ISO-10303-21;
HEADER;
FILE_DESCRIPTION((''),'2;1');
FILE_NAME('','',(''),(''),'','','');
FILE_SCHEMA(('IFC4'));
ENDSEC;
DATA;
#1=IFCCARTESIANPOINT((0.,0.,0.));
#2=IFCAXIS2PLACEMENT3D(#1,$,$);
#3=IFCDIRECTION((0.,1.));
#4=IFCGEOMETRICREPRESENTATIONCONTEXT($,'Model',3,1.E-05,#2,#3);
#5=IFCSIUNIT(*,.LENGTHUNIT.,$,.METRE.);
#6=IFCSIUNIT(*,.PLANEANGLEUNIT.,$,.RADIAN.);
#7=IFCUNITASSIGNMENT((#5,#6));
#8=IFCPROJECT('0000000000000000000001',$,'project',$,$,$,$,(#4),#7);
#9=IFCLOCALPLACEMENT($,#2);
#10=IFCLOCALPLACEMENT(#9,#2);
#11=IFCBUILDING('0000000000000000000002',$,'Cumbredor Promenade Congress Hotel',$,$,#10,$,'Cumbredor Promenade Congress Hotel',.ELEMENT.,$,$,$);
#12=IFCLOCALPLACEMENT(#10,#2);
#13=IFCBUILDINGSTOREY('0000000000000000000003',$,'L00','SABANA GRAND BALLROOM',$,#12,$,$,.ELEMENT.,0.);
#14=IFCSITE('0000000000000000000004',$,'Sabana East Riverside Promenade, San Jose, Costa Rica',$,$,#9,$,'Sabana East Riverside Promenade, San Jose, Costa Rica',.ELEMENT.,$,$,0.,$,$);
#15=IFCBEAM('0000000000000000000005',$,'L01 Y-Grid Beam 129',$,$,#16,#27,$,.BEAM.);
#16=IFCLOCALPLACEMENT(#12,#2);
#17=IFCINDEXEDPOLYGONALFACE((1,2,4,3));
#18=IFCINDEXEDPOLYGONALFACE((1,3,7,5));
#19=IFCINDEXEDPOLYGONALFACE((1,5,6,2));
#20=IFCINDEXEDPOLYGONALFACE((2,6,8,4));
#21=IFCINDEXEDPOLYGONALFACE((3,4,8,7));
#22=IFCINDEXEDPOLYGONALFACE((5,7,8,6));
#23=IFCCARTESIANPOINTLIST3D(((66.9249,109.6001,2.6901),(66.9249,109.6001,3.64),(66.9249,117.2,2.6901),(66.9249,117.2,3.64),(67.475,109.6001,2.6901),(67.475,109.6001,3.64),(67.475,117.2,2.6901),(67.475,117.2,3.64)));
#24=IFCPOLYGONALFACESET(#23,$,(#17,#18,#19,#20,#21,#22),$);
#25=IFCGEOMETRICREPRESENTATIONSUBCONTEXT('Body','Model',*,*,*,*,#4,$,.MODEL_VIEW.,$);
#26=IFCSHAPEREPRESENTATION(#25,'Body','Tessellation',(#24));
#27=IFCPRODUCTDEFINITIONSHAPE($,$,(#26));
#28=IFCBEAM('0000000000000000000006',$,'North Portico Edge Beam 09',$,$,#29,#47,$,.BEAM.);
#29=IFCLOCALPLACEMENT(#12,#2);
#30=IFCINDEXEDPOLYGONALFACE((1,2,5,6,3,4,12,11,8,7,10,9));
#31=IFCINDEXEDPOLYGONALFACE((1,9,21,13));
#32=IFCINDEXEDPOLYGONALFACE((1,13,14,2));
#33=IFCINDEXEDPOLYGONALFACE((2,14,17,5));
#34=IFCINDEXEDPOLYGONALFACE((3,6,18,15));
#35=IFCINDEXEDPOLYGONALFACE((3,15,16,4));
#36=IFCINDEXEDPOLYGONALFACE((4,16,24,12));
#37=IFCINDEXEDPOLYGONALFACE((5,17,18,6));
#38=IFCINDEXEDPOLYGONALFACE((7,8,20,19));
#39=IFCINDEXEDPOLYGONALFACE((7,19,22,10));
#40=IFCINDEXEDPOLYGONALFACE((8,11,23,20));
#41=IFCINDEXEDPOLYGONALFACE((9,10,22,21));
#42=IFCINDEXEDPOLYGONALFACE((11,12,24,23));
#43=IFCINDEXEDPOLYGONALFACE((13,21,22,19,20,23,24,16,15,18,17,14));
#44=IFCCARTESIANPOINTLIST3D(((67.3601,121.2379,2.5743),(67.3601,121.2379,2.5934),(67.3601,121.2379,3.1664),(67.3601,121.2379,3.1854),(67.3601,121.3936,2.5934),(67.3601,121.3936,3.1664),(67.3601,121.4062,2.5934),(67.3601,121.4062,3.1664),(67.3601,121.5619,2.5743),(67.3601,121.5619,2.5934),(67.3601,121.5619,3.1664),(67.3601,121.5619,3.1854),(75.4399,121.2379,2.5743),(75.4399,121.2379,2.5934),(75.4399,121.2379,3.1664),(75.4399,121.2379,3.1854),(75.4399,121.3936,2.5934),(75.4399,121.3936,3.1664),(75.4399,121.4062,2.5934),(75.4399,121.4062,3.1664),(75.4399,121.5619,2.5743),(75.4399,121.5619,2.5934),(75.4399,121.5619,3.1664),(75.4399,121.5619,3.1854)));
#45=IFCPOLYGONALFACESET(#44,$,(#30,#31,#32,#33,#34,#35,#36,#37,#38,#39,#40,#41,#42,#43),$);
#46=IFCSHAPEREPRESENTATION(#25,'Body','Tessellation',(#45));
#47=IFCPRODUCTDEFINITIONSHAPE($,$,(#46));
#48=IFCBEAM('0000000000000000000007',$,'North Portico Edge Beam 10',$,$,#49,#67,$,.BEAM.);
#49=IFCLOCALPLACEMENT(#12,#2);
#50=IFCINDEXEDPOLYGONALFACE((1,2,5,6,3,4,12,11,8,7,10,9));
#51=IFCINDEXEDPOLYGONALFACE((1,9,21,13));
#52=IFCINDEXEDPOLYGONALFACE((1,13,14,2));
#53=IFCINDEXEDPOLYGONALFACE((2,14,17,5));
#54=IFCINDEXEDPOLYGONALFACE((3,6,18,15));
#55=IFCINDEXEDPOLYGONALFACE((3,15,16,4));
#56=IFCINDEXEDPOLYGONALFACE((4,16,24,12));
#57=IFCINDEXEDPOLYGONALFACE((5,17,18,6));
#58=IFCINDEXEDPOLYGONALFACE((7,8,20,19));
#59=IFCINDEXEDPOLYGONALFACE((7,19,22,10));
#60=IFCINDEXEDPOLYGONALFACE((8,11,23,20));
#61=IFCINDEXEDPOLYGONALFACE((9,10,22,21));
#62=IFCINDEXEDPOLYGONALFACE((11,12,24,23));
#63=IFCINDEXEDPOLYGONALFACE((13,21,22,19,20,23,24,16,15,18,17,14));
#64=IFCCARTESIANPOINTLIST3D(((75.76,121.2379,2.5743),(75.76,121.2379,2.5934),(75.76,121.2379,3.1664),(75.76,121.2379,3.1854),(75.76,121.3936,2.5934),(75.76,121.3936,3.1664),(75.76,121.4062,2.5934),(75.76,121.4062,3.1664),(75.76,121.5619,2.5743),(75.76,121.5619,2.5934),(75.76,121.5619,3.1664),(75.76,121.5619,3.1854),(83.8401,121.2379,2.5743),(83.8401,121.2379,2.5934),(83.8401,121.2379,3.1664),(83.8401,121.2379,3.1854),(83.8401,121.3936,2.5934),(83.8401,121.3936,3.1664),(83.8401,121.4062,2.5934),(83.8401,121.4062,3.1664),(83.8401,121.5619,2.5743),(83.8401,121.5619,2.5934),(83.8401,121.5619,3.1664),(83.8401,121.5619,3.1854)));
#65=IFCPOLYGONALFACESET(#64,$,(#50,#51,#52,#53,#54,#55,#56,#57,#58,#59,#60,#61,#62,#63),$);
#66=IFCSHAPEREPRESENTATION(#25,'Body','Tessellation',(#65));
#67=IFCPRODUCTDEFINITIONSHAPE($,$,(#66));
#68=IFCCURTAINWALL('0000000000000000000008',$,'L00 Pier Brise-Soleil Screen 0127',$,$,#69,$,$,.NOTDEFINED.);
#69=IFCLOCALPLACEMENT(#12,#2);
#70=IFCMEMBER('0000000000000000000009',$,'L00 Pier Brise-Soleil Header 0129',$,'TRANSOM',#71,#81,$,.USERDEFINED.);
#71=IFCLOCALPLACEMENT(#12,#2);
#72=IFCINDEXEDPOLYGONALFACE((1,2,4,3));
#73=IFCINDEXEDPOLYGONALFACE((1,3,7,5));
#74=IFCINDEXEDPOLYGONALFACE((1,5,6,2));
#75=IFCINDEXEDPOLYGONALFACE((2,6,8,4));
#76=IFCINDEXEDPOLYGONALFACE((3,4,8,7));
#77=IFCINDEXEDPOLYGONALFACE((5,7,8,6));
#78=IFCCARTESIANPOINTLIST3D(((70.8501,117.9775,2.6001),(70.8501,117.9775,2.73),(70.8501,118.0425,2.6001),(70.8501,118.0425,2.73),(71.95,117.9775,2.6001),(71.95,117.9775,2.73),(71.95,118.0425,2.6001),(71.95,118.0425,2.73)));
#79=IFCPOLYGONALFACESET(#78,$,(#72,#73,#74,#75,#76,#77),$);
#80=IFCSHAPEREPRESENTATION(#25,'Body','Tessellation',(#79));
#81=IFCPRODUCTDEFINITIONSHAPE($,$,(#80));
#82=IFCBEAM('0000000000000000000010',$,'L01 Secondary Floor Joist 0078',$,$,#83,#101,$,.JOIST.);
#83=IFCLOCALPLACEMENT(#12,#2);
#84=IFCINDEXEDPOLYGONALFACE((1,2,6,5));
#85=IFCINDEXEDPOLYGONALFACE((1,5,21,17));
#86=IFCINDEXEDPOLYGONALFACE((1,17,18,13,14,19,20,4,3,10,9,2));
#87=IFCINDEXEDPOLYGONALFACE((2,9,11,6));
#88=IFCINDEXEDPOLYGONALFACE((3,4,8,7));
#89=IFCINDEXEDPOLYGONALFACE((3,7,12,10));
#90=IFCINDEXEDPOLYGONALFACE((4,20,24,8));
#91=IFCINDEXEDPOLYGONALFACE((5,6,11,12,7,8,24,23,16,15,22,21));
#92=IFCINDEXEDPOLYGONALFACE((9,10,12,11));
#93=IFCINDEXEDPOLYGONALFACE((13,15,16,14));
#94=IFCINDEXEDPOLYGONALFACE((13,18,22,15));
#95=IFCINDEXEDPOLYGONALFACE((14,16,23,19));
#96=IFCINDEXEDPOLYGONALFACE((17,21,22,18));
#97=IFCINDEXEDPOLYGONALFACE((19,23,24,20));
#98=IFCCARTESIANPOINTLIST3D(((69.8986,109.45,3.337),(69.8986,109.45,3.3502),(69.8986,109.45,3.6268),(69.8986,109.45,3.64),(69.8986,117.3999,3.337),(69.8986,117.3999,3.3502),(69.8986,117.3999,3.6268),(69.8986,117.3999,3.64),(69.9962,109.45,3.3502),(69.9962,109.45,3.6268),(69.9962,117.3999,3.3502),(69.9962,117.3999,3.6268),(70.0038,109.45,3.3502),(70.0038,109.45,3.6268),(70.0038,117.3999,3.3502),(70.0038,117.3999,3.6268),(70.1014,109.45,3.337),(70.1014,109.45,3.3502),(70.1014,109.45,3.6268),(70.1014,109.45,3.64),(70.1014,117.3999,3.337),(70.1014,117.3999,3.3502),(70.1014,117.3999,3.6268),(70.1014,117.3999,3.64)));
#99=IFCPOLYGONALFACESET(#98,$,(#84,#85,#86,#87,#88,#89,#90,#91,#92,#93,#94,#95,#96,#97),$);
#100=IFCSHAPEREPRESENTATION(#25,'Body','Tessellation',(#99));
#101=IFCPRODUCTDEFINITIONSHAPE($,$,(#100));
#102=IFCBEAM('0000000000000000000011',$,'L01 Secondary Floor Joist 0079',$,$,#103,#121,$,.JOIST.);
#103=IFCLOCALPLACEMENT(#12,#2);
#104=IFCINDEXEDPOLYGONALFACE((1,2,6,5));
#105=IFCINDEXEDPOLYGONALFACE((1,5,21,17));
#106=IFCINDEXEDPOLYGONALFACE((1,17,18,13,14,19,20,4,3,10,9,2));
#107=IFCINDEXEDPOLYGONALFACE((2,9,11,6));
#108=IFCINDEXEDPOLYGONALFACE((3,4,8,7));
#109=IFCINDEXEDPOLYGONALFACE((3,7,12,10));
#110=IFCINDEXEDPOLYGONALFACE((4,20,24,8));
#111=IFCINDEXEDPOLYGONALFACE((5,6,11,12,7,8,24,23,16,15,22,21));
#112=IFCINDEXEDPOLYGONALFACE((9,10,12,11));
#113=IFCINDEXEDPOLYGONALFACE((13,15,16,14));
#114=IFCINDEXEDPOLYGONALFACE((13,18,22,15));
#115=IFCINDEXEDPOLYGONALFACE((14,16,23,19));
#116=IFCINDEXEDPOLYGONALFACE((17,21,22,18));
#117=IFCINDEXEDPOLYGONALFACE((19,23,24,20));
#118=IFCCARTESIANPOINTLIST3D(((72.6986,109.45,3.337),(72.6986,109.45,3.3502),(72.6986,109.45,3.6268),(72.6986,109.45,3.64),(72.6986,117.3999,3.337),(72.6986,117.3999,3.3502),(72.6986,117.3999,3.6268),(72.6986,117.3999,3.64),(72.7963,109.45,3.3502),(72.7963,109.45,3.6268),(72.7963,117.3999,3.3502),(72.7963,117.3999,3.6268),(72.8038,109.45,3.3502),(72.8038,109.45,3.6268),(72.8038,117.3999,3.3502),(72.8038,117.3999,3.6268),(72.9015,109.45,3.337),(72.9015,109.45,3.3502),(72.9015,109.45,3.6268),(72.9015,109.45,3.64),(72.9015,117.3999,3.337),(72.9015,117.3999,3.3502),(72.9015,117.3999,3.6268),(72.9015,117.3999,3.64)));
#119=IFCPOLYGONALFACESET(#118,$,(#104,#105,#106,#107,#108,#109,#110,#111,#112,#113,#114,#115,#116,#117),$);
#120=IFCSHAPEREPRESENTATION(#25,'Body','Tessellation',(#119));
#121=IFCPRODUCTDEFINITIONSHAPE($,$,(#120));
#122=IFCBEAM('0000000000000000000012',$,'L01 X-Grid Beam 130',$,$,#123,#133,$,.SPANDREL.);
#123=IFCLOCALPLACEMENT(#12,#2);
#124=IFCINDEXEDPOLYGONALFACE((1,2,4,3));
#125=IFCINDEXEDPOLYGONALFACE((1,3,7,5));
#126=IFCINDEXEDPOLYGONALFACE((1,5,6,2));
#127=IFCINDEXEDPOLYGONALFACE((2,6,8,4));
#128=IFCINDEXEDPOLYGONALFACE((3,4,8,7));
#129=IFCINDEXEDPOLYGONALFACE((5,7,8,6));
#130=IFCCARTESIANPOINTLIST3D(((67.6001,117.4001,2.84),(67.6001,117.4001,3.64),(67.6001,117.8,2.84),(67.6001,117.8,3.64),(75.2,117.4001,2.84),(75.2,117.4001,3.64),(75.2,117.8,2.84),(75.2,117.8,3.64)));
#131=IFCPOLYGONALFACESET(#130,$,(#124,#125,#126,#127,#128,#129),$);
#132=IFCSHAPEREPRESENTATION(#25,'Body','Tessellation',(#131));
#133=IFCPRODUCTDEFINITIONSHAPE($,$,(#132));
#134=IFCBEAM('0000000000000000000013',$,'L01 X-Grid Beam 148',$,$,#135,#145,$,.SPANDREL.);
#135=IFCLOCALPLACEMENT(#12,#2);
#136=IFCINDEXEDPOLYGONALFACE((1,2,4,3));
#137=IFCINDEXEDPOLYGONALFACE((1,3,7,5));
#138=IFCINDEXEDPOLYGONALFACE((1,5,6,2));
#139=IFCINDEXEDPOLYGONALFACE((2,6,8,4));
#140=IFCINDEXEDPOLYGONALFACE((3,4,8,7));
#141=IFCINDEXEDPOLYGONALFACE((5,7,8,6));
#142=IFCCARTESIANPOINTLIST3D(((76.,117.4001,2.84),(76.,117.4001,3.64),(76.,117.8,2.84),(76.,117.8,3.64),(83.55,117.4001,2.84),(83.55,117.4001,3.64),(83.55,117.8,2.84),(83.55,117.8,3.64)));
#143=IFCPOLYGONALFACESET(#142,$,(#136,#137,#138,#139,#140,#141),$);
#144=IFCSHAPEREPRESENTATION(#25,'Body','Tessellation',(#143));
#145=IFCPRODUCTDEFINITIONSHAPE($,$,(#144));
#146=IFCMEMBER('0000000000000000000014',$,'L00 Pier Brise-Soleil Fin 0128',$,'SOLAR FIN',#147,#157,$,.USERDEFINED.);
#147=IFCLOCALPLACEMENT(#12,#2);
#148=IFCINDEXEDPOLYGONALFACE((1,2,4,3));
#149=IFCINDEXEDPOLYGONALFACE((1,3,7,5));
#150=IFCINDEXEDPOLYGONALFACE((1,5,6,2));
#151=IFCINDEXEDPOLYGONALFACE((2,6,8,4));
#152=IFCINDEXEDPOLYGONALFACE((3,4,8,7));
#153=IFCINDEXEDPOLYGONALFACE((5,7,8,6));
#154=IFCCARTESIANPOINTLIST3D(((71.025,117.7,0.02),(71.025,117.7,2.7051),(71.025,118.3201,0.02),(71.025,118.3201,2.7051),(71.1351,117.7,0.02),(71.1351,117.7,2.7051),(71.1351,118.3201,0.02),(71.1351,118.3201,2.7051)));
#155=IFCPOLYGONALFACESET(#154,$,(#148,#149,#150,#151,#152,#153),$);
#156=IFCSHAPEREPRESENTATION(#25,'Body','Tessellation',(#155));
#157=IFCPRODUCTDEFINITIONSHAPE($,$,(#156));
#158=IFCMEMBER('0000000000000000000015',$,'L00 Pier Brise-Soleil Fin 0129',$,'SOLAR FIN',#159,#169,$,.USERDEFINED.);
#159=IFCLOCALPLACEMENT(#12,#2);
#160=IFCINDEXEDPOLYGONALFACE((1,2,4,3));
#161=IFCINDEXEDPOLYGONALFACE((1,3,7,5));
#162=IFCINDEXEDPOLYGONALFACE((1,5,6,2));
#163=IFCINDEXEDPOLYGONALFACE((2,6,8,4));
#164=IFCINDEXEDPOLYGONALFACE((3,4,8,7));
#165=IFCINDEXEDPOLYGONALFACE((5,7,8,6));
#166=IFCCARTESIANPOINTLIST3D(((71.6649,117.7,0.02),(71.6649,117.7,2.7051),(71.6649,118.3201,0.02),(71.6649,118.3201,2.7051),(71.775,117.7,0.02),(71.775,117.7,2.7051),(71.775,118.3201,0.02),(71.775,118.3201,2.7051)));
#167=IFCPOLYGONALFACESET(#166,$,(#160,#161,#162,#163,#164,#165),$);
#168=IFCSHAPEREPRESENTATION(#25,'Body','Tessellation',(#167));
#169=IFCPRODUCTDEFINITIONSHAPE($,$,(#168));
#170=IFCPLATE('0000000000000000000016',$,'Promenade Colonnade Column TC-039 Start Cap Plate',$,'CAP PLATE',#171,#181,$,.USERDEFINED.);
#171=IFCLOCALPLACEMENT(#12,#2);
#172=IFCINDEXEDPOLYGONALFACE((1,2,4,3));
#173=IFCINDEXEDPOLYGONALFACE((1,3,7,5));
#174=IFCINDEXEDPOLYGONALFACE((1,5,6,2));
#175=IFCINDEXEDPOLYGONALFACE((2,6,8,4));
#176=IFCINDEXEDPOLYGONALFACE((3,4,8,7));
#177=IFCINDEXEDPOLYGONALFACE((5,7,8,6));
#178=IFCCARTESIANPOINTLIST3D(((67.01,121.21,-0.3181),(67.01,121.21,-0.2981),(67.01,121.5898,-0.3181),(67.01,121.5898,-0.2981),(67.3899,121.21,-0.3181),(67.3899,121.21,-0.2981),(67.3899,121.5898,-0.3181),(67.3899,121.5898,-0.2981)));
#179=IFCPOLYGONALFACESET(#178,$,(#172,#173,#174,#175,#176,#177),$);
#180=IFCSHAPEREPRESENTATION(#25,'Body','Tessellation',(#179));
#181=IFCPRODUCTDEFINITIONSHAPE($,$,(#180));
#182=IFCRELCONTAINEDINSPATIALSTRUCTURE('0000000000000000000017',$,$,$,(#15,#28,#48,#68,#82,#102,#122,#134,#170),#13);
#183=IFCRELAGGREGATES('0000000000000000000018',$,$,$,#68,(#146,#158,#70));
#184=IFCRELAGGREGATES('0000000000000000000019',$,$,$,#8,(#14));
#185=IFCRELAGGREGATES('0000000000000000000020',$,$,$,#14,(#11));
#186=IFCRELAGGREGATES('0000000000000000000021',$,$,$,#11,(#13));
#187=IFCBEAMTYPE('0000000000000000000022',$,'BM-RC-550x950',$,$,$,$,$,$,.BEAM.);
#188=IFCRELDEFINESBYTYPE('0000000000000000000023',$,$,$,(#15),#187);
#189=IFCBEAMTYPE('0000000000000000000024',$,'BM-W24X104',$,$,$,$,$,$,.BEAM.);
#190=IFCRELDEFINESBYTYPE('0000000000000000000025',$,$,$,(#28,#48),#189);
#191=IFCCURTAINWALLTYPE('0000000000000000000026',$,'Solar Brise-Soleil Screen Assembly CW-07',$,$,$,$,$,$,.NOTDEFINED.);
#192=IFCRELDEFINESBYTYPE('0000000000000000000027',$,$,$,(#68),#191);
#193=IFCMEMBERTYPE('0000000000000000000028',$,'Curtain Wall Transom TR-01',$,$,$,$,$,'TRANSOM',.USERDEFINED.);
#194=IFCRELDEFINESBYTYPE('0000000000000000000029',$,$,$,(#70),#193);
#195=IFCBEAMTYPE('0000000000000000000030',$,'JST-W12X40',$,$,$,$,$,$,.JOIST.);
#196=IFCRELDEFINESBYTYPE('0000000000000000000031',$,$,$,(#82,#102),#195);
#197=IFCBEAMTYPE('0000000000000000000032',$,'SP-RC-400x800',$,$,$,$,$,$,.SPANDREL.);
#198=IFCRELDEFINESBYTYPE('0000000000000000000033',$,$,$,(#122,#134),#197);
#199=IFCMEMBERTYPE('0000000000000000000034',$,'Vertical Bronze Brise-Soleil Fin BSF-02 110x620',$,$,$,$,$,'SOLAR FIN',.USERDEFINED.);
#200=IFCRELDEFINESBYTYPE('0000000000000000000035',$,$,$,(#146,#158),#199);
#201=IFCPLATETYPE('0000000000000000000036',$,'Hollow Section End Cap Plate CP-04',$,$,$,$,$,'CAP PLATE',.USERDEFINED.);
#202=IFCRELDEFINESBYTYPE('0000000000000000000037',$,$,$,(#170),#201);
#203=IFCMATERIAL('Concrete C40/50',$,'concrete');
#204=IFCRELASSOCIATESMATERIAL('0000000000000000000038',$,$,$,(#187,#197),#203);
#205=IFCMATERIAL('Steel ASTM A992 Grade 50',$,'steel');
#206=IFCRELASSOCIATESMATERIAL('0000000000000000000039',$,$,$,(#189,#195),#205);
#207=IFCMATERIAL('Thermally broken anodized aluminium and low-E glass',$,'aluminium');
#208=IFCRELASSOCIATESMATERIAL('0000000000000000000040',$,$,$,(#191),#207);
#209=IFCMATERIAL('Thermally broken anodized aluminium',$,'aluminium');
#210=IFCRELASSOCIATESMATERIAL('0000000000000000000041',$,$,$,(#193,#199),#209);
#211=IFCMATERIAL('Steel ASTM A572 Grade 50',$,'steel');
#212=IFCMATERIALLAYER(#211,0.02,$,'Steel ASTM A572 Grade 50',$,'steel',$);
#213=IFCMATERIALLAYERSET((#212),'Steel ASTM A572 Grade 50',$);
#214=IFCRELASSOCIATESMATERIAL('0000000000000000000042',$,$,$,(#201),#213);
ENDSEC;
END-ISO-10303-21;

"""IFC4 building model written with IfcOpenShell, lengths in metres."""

from ifc_helpers import new_model, si_unit, direction, frame, origin, origin_2d, place, context, subcontext, project, spatial, rectangle, i_section, extrude, material, layer, layer_set, material_profile, profile_set, type_object, element, aggregate, save


model = new_model("IFC4")

# Units and contexts
model_context = context("Model", 3, precision=1e-05, world=origin(), true_north=direction((0.0, 1.0)))
body_context = subcontext(model_context, "Body", "Model", "MODEL_VIEW")
ifc_project = project(units=[si_unit("LENGTHUNIT", "METRE"), si_unit("PLANEANGLEUNIT", "RADIAN")], contexts=[model_context])

# Site, building, storey
site_placement = place(None, origin())
site = spatial("IfcSite", under=ifc_project, at=site_placement, Name="Sabana East Riverside Promenade, San Jose, Costa Rica", LongName="Sabana East Riverside Promenade, San Jose, Costa Rica", CompositionType="ELEMENT", RefElevation=0.0)
building_placement = place(site_placement, origin())
building = spatial("IfcBuilding", under=site, at=building_placement, Name="Cumbredor Promenade Congress Hotel", LongName="Cumbredor Promenade Congress Hotel", CompositionType="ELEMENT")
storey_placement = place(building_placement, origin())
storey = spatial("IfcBuildingStorey", under=building, at=storey_placement, Name="L00", Description="SABANA GRAND BALLROOM", CompositionType="ELEMENT", Elevation=0.0)

# Beams
ifc_material_1 = material(Name="Concrete C40/50", Category="concrete")
ifc_material_profile_1 = material_profile(ifc_material_1, rectangle(XDim=0.55, YDim=0.95, at=origin_2d()), Name="RC BEAM 550x950")
ifc_profile_set_1 = profile_set([ifc_material_profile_1], Name="Concrete C40/50")
beam_type_1 = type_object("IfcBeamType", Name="BM-RC-550x950", PredefinedType="BEAM", material=ifc_profile_set_1)
beam_1_placement = place(storey_placement, frame((67.2, 109.6001, 3.165), z_axis=(0.0, 1.0, 0.0), x_axis=(-1.0, 0.0, 0.0)))
element("IfcBeam", 1, at=beam_1_placement, inside=storey, type_object=beam_type_1, Name="L01 Y-Grid Beam 129", PredefinedType="BEAM", context=body_context, shape_type="SweptSolid", body=[
    extrude(rectangle(XDim=0.55, YDim=0.95, at=origin_2d()), origin(), (0.0, 0.0, 1.0), 7.5999),
])
ifc_material_2 = material(Name="Steel ASTM A992 Grade 50", Category="steel")
ifc_material_profile_2 = material_profile(ifc_material_2, i_section(OverallWidth=0.324, OverallDepth=0.6111, WebThickness=0.0127, FlangeThickness=0.019, at=origin_2d()), Name="W24X104")
ifc_profile_set_2 = profile_set([ifc_material_profile_2], Name="Steel ASTM A992 Grade 50")
beam_type_2 = type_object("IfcBeamType", Name="BM-W24X104", PredefinedType="BEAM", material=ifc_profile_set_2)
beam_2_placement = place(storey_placement, frame((67.3601, 121.3999, 2.8799), z_axis=(1.0, 0.0, 0.0), x_axis=(0.0, 1.0, 0.0)))
element("IfcBeam", 2, at=beam_2_placement, inside=storey, type_object=beam_type_2, Name="North Portico Edge Beam 09", PredefinedType="BEAM", context=body_context, shape_type="SweptSolid", body=[
    extrude(i_section(OverallWidth=0.324, OverallDepth=0.6111, WebThickness=0.0127, FlangeThickness=0.019, at=origin_2d()), origin(), (0.0, 0.0, 1.0), 8.0798),
])
beam_3_placement = place(storey_placement, frame((75.76, 121.3999, 2.8799), z_axis=(1.0, 0.0, 0.0), x_axis=(0.0, 1.0, 0.0)))
element("IfcBeam", 3, at=beam_3_placement, inside=storey, type_object=beam_type_2, Name="North Portico Edge Beam 10", PredefinedType="BEAM", context=body_context, shape_type="SweptSolid", body=[
    extrude(i_section(OverallWidth=0.324, OverallDepth=0.6111, WebThickness=0.0127, FlangeThickness=0.019, at=origin_2d()), origin(), (0.0, 0.0, 1.0), 8.0801),
])

# Curtain wall, member
ifc_material_3 = material(Name="Thermally broken anodized aluminium and low-E glass", Category="aluminium")
curtain_wall_type = type_object("IfcCurtainWallType", Name="Solar Brise-Soleil Screen Assembly CW-07", PredefinedType="NOTDEFINED", material=ifc_material_3)
curtain_wall_placement = place(storey_placement, origin())
curtain_wall = element("IfcCurtainWall", 4, at=curtain_wall_placement, inside=storey, type_object=curtain_wall_type, Name="L00 Pier Brise-Soleil Screen 0127", PredefinedType="NOTDEFINED")
ifc_material_4 = material(Name="Thermally broken anodized aluminium", Category="aluminium")
ifc_material_profile_3 = material_profile(ifc_material_4, rectangle(XDim=0.0649, YDim=0.1299, at=origin_2d()), Name="ALU TRANSOM 65x130")
ifc_profile_set_3 = profile_set([ifc_material_profile_3], Name="Thermally broken anodized aluminium")
member_type_1 = type_object("IfcMemberType", Name="Curtain Wall Transom TR-01", ElementType="TRANSOM", PredefinedType="USERDEFINED", material=ifc_profile_set_3)
member_1_placement = place(storey_placement, frame((70.8501, 118.01, 2.665), z_axis=(1.0, 0.0, 0.0), x_axis=(0.0, 1.0, 0.0)))
member_1 = element("IfcMember", 5, at=member_1_placement, type_object=member_type_1, Name="L00 Pier Brise-Soleil Header 0129", ObjectType="TRANSOM", PredefinedType="USERDEFINED", context=body_context, shape_type="SweptSolid", body=[
    extrude(rectangle(XDim=0.0649, YDim=0.1299, at=origin_2d()), origin(), (0.0, 0.0, 1.0), 1.0999),
])

# Beams
ifc_material_profile_4 = material_profile(ifc_material_2, i_section(OverallWidth=0.2029, OverallDepth=0.303, WebThickness=0.0076, FlangeThickness=0.0132, at=origin_2d()), Name="W12X40")
ifc_profile_set_4 = profile_set([ifc_material_profile_4], Name="Steel ASTM A992 Grade 50")
beam_type_3 = type_object("IfcBeamType", Name="JST-W12X40", PredefinedType="JOIST", material=ifc_profile_set_4)
for number, where, z_axis, x_axis, name in (
    (6, (70.0, 109.45, 3.4885), (0.0, 1.0, 0.0), (-1.0, 0.0, 0.0), "L01 Secondary Floor Joist 0078"),
    (7, (72.8, 109.45, 3.4885), (0.0, 1.0, 0.0), (-1.0, 0.0, 0.0), "L01 Secondary Floor Joist 0079"),
):
    element("IfcBeam", number, at=place(storey_placement, frame(where, z_axis=z_axis, x_axis=x_axis)), inside=storey, type_object=beam_type_3, Name=name, PredefinedType="JOIST", context=body_context, shape_type="SweptSolid", body=[
        extrude(i_section(OverallWidth=0.2029, OverallDepth=0.303, WebThickness=0.0076, FlangeThickness=0.0132, at=origin_2d()), origin(), (0.0, 0.0, 1.0), 7.95),
    ])
ifc_material_profile_5 = material_profile(ifc_material_1, rectangle(XDim=0.3999, YDim=0.8, at=origin_2d()), Name="RC SPANDREL 400x800")
ifc_profile_set_5 = profile_set([ifc_material_profile_5], Name="Concrete C40/50")
beam_type_4 = type_object("IfcBeamType", Name="SP-RC-400x800", PredefinedType="SPANDREL", material=ifc_profile_set_5)
beam_4_placement = place(storey_placement, frame((67.6001, 117.6001, 3.24), z_axis=(1.0, 0.0, 0.0), x_axis=(0.0, 1.0, 0.0)))
element("IfcBeam", 8, at=beam_4_placement, inside=storey, type_object=beam_type_4, Name="L01 X-Grid Beam 130", PredefinedType="SPANDREL", context=body_context, shape_type="SweptSolid", body=[
    extrude(rectangle(XDim=0.3999, YDim=0.8, at=origin_2d()), origin(), (0.0, 0.0, 1.0), 7.5999),
])
beam_5_placement = place(storey_placement, frame((76.0, 117.6001, 3.24), z_axis=(1.0, 0.0, 0.0), x_axis=(0.0, 1.0, 0.0)))
element("IfcBeam", 9, at=beam_5_placement, inside=storey, type_object=beam_type_4, Name="L01 X-Grid Beam 148", PredefinedType="SPANDREL", context=body_context, shape_type="SweptSolid", body=[
    extrude(rectangle(XDim=0.3999, YDim=0.8, at=origin_2d()), origin(), (0.0, 0.0, 1.0), 7.55),
])

# Members
ifc_material_profile_6 = material_profile(ifc_material_4, rectangle(XDim=0.1101, YDim=0.6201, at=origin_2d()), Name="ARCH FIN 110x620")
ifc_profile_set_6 = profile_set([ifc_material_profile_6], Name="Thermally broken anodized aluminium")
member_type_2 = type_object("IfcMemberType", Name="Vertical Bronze Brise-Soleil Fin BSF-02 110x620", ElementType="SOLAR FIN", PredefinedType="USERDEFINED", material=ifc_profile_set_6)
member_2_placement = place(storey_placement, frame((71.0801, 118.01, 0.02), z_axis=(0.0, 0.0, 1.0), x_axis=(1.0, 0.0, 0.0)))
member_2 = element("IfcMember", 10, at=member_2_placement, type_object=member_type_2, Name="L00 Pier Brise-Soleil Fin 0128", ObjectType="SOLAR FIN", PredefinedType="USERDEFINED", context=body_context, shape_type="SweptSolid", body=[
    extrude(rectangle(XDim=0.1101, YDim=0.6201, at=origin_2d()), origin(), (0.0, 0.0, 1.0), 2.6851),
])
member_3_placement = place(storey_placement, frame((71.72, 118.01, 0.02), z_axis=(0.0, 0.0, 1.0), x_axis=(1.0, 0.0, 0.0)))
member_3 = element("IfcMember", 11, at=member_3_placement, type_object=member_type_2, Name="L00 Pier Brise-Soleil Fin 0129", ObjectType="SOLAR FIN", PredefinedType="USERDEFINED", context=body_context, shape_type="SweptSolid", body=[
    extrude(rectangle(XDim=0.1101, YDim=0.6201, at=origin_2d()), origin(), (0.0, 0.0, 1.0), 2.6851),
])
aggregate(curtain_wall, [member_2, member_3, member_1])

# Plate
ifc_material_5 = material(Name="Steel ASTM A572 Grade 50", Category="steel")
ifc_layer_1 = layer(ifc_material_5, 0.02, Name="Steel ASTM A572 Grade 50", Category="steel")
ifc_layer_set_1 = layer_set([ifc_layer_1], Name="Steel ASTM A572 Grade 50")
plate_type = type_object("IfcPlateType", Name="Hollow Section End Cap Plate CP-04", ElementType="CAP PLATE", PredefinedType="USERDEFINED", material=ifc_layer_set_1)
for number, where, z_axis, x_axis, name in (
    (12, (67.2, 121.3999, -0.3181), (0.0, 0.0, 1.0), (1.0, 0.0, 0.0), "Promenade Colonnade Column TC-039 Start Cap Plate"),
):
    element("IfcPlate", number, at=place(storey_placement, frame(where, z_axis=z_axis, x_axis=x_axis)), inside=storey, type_object=plate_type, Name=name, ObjectType="CAP PLATE", PredefinedType="USERDEFINED", context=body_context, shape_type="SweptSolid", body=[
        extrude(rectangle(XDim=0.3799, YDim=0.3799, at=origin_2d()), origin(), (0.0, 0.0, 1.0), 0.02),
    ])

save(model, "model.ifc")
